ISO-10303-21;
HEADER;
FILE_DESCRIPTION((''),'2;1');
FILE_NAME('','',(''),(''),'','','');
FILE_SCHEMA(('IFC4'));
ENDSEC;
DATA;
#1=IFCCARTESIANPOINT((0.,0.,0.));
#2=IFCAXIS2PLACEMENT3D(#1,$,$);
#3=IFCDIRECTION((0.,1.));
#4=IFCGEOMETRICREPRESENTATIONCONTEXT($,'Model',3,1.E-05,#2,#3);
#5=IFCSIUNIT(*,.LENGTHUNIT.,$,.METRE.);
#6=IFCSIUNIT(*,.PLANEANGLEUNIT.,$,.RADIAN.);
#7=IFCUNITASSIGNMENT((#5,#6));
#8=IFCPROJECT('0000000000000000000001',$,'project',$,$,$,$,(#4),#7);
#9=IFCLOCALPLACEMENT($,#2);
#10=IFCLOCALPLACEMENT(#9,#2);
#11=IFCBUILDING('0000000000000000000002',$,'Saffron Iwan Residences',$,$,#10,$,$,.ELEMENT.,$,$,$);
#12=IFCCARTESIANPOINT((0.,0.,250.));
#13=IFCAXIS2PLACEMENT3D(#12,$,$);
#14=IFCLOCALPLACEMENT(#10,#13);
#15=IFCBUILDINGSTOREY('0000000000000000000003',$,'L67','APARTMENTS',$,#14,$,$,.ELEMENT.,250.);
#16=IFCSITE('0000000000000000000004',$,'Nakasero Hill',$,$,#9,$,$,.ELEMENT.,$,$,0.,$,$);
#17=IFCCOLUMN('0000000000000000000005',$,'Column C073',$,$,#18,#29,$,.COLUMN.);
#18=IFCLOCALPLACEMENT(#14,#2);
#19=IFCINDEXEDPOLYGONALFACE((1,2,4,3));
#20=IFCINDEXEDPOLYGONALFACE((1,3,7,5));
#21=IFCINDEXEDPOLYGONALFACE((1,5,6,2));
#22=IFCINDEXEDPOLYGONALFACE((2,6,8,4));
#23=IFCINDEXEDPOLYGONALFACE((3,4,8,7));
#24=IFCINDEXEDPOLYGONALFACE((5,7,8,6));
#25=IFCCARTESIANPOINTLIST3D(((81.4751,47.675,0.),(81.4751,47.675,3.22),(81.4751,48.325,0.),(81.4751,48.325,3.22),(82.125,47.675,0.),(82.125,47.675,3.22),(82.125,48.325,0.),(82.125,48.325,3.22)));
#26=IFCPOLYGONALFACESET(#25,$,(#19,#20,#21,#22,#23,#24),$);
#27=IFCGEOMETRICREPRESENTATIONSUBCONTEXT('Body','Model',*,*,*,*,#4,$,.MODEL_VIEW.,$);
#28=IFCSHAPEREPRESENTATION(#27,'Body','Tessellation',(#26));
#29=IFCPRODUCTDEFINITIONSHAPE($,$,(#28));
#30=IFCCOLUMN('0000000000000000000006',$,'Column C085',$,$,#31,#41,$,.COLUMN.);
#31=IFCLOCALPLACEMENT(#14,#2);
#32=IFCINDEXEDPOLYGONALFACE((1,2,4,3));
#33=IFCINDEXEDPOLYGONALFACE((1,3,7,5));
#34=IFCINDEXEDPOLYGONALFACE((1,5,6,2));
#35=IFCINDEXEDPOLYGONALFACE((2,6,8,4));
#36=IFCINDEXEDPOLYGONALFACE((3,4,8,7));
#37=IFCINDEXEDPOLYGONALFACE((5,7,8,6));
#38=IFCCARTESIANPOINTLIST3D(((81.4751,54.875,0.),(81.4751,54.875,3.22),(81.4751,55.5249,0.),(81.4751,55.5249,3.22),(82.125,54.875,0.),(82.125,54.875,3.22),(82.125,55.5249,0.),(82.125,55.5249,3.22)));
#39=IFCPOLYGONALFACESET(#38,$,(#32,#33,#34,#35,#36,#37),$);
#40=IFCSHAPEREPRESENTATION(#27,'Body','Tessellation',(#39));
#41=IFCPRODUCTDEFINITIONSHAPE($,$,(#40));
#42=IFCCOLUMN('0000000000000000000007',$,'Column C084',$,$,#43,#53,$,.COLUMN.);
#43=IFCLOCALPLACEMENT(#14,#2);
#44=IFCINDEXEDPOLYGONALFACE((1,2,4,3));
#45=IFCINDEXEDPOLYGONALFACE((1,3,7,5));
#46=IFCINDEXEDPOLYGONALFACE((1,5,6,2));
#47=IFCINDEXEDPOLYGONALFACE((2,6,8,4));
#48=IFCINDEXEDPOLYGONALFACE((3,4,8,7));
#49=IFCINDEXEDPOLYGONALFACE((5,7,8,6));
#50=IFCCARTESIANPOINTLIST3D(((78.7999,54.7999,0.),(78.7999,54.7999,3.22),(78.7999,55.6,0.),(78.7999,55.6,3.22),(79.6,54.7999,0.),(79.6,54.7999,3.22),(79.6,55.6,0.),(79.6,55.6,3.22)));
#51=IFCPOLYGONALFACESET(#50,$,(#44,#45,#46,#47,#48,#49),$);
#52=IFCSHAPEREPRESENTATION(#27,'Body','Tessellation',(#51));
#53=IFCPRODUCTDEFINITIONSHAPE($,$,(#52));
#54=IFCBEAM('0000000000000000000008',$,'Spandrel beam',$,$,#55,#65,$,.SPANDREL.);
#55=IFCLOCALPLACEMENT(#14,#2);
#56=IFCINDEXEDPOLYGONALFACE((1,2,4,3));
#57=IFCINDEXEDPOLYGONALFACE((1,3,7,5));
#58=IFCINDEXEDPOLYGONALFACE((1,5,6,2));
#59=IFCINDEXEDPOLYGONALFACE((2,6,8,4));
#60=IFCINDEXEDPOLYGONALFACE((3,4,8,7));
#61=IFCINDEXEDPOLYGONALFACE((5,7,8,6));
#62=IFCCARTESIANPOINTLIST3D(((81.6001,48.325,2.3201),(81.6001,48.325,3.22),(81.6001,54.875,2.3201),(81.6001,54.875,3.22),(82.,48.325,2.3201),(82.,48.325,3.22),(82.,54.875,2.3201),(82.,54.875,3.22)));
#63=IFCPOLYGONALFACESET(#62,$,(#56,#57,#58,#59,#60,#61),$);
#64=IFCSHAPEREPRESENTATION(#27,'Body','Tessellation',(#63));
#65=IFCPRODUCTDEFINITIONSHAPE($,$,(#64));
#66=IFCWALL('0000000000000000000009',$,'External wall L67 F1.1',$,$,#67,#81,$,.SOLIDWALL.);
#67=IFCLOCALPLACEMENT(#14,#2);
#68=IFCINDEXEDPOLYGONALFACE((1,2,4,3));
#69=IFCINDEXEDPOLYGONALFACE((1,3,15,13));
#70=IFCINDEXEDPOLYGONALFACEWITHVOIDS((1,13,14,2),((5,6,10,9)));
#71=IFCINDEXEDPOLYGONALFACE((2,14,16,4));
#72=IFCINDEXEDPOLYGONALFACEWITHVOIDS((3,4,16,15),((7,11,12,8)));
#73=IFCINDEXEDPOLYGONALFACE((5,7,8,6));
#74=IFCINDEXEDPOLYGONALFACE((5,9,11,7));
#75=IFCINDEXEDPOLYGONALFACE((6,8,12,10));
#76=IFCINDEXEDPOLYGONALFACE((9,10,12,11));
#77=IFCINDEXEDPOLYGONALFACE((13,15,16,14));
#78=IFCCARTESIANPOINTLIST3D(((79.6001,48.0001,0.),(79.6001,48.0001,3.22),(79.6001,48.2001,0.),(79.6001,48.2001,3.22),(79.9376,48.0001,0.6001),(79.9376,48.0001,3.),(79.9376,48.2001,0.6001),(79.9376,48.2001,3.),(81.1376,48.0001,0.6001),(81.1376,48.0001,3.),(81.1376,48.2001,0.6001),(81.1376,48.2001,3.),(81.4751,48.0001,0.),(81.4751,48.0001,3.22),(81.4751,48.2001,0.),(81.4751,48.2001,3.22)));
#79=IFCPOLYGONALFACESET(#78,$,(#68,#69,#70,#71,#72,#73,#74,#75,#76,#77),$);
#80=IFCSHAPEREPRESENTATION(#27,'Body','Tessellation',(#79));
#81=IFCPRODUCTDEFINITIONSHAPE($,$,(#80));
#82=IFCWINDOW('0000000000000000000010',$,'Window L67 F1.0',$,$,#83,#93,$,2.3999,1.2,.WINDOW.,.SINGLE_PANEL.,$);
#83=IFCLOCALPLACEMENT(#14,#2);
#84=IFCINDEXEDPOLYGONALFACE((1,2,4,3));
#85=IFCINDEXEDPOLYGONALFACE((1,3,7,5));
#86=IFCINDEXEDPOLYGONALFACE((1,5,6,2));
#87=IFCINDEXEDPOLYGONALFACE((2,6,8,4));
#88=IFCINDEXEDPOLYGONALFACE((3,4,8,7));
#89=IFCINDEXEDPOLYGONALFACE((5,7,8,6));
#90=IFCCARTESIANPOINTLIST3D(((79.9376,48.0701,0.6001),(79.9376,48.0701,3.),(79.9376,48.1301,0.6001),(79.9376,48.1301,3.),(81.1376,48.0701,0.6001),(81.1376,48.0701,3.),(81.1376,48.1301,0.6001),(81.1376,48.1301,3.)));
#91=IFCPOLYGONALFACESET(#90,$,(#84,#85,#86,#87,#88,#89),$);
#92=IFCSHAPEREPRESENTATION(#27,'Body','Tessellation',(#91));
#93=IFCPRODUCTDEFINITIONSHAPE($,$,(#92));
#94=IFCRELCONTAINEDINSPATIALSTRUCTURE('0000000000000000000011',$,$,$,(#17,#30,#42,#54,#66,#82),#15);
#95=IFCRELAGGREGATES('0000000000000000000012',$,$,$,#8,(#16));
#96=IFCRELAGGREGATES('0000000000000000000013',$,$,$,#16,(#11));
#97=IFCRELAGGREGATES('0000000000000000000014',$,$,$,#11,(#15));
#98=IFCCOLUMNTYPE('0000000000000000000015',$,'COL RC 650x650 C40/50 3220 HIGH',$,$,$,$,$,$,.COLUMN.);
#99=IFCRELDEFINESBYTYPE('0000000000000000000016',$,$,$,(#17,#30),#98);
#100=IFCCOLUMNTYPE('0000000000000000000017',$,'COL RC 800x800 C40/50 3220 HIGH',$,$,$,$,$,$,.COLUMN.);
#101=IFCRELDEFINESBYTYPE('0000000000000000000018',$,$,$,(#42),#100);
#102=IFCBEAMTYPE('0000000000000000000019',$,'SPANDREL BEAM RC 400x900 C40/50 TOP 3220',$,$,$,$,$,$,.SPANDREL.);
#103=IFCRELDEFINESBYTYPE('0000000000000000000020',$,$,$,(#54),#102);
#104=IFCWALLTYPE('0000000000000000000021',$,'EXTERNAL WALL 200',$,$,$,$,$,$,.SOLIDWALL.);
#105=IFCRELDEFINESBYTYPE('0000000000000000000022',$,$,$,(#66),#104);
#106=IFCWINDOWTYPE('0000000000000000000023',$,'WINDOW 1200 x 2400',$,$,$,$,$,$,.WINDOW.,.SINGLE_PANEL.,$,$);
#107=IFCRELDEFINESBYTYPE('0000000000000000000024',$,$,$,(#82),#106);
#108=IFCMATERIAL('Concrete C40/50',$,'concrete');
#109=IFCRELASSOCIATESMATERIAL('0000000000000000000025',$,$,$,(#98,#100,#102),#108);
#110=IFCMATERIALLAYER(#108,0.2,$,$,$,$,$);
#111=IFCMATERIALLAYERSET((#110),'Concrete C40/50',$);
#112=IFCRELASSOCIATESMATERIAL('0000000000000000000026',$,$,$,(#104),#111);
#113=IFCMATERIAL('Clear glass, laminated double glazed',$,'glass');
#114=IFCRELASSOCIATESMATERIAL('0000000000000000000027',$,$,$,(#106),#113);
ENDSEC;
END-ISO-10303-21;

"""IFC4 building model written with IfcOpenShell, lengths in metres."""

from ifc_helpers import new_model, si_unit, direction, frame, frame_2d, origin, origin_2d, place, context, subcontext, project, spatial, rectangle, extrude, source, transform, mapped, material, layer, layer_set, material_profile, profile_set, type_object, element, fill, save


model = new_model("IFC4")

# Units and contexts
model_context = context("Model", 3, precision=1e-05, world=origin(), true_north=direction((0.0, 1.0)))
body_context = subcontext(model_context, "Body", "Model", "MODEL_VIEW")
ifc_project = project(units=[si_unit("LENGTHUNIT", "METRE"), si_unit("PLANEANGLEUNIT", "RADIAN")], contexts=[model_context])

# Site, building, storey
site_placement = place(None, origin())
site = spatial("IfcSite", under=ifc_project, at=site_placement, Name="Nakasero Hill", CompositionType="ELEMENT", RefElevation=0.0)
building_placement = place(site_placement, origin())
building = spatial("IfcBuilding", under=site, at=building_placement, Name="Saffron Iwan Residences", CompositionType="ELEMENT")
storey_placement = place(building_placement, frame((0.0, 0.0, 250.0)))
storey = spatial("IfcBuildingStorey", under=building, at=storey_placement, Name="L67", Description="APARTMENTS", CompositionType="ELEMENT", Elevation=250.0)

# Columns
ifc_material_1 = material(Name="Concrete C40/50", Category="concrete")
ifc_material_profile_1 = material_profile(ifc_material_1, rectangle(XDim=0.6499, YDim=0.6499, at=origin_2d()), Name="RC 650x650")
ifc_profile_set_1 = profile_set([ifc_material_profile_1], Name="Concrete C40/50")
column_type_1 = type_object("IfcColumnType", Name="COL RC 650x650 C40/50 3220 HIGH", PredefinedType="COLUMN", material=ifc_profile_set_1)
shared_shape_1 = source(origin(), body_context, "Body", "SweptSolid", [
    extrude(rectangle(XDim=0.6499, YDim=0.6499, at=origin_2d()), origin(), (0.0, 0.0, 1.0), 3.22),
])
for number, where, z_axis, x_axis, name in (
    (1, (81.8, 48.0, 0.0), (0.0, 0.0, 1.0), (1.0, 0.0, 0.0), "Column C073"),
    (2, (81.8, 55.2, 0.0), (0.0, 0.0, 1.0), (1.0, 0.0, 0.0), "Column C085"),
):
    element("IfcColumn", number, at=place(storey_placement, frame(where, z_axis=z_axis, x_axis=x_axis)), inside=storey, type_object=column_type_1, Name=name, PredefinedType="COLUMN", context=body_context, shape_type="MappedRepresentation", body=[
        mapped(shared_shape_1, transform((0.0, 0.0, 0.0))),
    ])
ifc_material_profile_2 = material_profile(ifc_material_1, rectangle(XDim=0.8, YDim=0.8, at=origin_2d()), Name="RC 800x800")
ifc_profile_set_2 = profile_set([ifc_material_profile_2], Name="Concrete C40/50")
column_type_2 = type_object("IfcColumnType", Name="COL RC 800x800 C40/50 3220 HIGH", PredefinedType="COLUMN", material=ifc_profile_set_2)
shared_shape_2 = source(origin(), body_context, "Body", "SweptSolid", [
    extrude(rectangle(XDim=0.8, YDim=0.8, at=origin_2d()), origin(), (0.0, 0.0, 1.0), 3.22),
])
column_placement = place(storey_placement, frame((79.2, 55.2, 0.0), z_axis=(0.0, 0.0, 1.0), x_axis=(1.0, 0.0, 0.0)))
element("IfcColumn", 3, at=column_placement, inside=storey, type_object=column_type_2, Name="Column C084", PredefinedType="COLUMN", context=body_context, shape_type="MappedRepresentation", body=[
    mapped(shared_shape_2, transform((0.0, 0.0, 0.0))),
])

# Beam
ifc_material_profile_3 = material_profile(ifc_material_1, rectangle(XDim=0.3999, YDim=0.8999, at=origin_2d()), Name="RC 400x900")
ifc_profile_set_3 = profile_set([ifc_material_profile_3], Name="Concrete C40/50")
beam_type = type_object("IfcBeamType", Name="SPANDREL BEAM RC 400x900 C40/50 TOP 3220", PredefinedType="SPANDREL", material=ifc_profile_set_3)
shared_shape_3 = source(origin(), body_context, "Body", "SweptSolid", [
    extrude(rectangle(XDim=0.3999, YDim=0.8999, at=origin_2d()), origin(), (0.0, 0.0, 1.0), 6.55),
])
beam_placement = place(storey_placement, frame((81.8, 54.875, 2.77), z_axis=(0.0, -1.0, 0.0), x_axis=(1.0, 0.0, 0.0)))
element("IfcBeam", 4, at=beam_placement, inside=storey, type_object=beam_type, Name="Spandrel beam", PredefinedType="SPANDREL", context=body_context, shape_type="MappedRepresentation", body=[
    mapped(shared_shape_3, transform((0.0, 0.0, 0.0))),
])

# Wall, opening, window
ifc_layer_1 = layer(ifc_material_1, 0.2)
ifc_layer_set_1 = layer_set([ifc_layer_1], Name="Concrete C40/50")
wall_type_1 = type_object("IfcWallType", Name="EXTERNAL WALL 200", PredefinedType="SOLIDWALL", material=ifc_layer_set_1)
wall_1_placement = place(storey_placement, frame((79.6001, 48.1001, 0.0), z_axis=(0.0, 0.0, 1.0), x_axis=(1.0, 0.0, 0.0)))
wall_1 = element("IfcWall", 5, at=wall_1_placement, inside=storey, type_object=wall_type_1, Name="External wall L67 F1.1", PredefinedType="SOLIDWALL", context=body_context, shape_type="SweptSolid", body=[
    extrude(rectangle(XDim=1.875, YDim=0.2, at=frame_2d((0.9375, 0.0))), origin(), (0.0, 0.0, 1.0), 3.22),
])
opening_1_placement = place(wall_1_placement, frame((0.3374, 0.0, 0.6001)))
opening_1 = element("IfcOpeningElement", 6, at=opening_1_placement, cuts=wall_1, PredefinedType="OPENING", context=body_context, shape_type="SweptSolid", body=[
    extrude(rectangle(XDim=1.2, YDim=2.3999, at=frame_2d((0.6001, 1.2))), frame((0.0, 0.1099, 0.0), z_axis=(0.0, -1.0, 0.0), x_axis=(1.0, 0.0, 0.0)), (0.0, 0.0, 1.0), 0.22),
])
ifc_material_2 = material(Name="Clear glass, laminated double glazed", Category="glass")
window_type_1 = type_object("IfcWindowType", Name="WINDOW 1200 x 2400", PartitioningType="SINGLE_PANEL", PredefinedType="WINDOW", material=ifc_material_2)
window_1_placement = place(opening_1_placement, origin())
window_1 = element("IfcWindow", 7, at=window_1_placement, inside=storey, type_object=window_type_1, Name="Window L67 F1.0", OverallHeight=2.3999, OverallWidth=1.2, PartitioningType="SINGLE_PANEL", PredefinedType="WINDOW", context=body_context, shape_type="SweptSolid", body=[
    extrude(rectangle(XDim=1.2, YDim=2.3999, at=frame_2d((0.6001, 1.2))), frame((0.0, 0.03, 0.0), z_axis=(0.0, -1.0, 0.0), x_axis=(1.0, 0.0, 0.0)), (0.0, 0.0, 1.0), 0.0601),
])
fill(opening_1, window_1)

save(model, "model.ifc")
